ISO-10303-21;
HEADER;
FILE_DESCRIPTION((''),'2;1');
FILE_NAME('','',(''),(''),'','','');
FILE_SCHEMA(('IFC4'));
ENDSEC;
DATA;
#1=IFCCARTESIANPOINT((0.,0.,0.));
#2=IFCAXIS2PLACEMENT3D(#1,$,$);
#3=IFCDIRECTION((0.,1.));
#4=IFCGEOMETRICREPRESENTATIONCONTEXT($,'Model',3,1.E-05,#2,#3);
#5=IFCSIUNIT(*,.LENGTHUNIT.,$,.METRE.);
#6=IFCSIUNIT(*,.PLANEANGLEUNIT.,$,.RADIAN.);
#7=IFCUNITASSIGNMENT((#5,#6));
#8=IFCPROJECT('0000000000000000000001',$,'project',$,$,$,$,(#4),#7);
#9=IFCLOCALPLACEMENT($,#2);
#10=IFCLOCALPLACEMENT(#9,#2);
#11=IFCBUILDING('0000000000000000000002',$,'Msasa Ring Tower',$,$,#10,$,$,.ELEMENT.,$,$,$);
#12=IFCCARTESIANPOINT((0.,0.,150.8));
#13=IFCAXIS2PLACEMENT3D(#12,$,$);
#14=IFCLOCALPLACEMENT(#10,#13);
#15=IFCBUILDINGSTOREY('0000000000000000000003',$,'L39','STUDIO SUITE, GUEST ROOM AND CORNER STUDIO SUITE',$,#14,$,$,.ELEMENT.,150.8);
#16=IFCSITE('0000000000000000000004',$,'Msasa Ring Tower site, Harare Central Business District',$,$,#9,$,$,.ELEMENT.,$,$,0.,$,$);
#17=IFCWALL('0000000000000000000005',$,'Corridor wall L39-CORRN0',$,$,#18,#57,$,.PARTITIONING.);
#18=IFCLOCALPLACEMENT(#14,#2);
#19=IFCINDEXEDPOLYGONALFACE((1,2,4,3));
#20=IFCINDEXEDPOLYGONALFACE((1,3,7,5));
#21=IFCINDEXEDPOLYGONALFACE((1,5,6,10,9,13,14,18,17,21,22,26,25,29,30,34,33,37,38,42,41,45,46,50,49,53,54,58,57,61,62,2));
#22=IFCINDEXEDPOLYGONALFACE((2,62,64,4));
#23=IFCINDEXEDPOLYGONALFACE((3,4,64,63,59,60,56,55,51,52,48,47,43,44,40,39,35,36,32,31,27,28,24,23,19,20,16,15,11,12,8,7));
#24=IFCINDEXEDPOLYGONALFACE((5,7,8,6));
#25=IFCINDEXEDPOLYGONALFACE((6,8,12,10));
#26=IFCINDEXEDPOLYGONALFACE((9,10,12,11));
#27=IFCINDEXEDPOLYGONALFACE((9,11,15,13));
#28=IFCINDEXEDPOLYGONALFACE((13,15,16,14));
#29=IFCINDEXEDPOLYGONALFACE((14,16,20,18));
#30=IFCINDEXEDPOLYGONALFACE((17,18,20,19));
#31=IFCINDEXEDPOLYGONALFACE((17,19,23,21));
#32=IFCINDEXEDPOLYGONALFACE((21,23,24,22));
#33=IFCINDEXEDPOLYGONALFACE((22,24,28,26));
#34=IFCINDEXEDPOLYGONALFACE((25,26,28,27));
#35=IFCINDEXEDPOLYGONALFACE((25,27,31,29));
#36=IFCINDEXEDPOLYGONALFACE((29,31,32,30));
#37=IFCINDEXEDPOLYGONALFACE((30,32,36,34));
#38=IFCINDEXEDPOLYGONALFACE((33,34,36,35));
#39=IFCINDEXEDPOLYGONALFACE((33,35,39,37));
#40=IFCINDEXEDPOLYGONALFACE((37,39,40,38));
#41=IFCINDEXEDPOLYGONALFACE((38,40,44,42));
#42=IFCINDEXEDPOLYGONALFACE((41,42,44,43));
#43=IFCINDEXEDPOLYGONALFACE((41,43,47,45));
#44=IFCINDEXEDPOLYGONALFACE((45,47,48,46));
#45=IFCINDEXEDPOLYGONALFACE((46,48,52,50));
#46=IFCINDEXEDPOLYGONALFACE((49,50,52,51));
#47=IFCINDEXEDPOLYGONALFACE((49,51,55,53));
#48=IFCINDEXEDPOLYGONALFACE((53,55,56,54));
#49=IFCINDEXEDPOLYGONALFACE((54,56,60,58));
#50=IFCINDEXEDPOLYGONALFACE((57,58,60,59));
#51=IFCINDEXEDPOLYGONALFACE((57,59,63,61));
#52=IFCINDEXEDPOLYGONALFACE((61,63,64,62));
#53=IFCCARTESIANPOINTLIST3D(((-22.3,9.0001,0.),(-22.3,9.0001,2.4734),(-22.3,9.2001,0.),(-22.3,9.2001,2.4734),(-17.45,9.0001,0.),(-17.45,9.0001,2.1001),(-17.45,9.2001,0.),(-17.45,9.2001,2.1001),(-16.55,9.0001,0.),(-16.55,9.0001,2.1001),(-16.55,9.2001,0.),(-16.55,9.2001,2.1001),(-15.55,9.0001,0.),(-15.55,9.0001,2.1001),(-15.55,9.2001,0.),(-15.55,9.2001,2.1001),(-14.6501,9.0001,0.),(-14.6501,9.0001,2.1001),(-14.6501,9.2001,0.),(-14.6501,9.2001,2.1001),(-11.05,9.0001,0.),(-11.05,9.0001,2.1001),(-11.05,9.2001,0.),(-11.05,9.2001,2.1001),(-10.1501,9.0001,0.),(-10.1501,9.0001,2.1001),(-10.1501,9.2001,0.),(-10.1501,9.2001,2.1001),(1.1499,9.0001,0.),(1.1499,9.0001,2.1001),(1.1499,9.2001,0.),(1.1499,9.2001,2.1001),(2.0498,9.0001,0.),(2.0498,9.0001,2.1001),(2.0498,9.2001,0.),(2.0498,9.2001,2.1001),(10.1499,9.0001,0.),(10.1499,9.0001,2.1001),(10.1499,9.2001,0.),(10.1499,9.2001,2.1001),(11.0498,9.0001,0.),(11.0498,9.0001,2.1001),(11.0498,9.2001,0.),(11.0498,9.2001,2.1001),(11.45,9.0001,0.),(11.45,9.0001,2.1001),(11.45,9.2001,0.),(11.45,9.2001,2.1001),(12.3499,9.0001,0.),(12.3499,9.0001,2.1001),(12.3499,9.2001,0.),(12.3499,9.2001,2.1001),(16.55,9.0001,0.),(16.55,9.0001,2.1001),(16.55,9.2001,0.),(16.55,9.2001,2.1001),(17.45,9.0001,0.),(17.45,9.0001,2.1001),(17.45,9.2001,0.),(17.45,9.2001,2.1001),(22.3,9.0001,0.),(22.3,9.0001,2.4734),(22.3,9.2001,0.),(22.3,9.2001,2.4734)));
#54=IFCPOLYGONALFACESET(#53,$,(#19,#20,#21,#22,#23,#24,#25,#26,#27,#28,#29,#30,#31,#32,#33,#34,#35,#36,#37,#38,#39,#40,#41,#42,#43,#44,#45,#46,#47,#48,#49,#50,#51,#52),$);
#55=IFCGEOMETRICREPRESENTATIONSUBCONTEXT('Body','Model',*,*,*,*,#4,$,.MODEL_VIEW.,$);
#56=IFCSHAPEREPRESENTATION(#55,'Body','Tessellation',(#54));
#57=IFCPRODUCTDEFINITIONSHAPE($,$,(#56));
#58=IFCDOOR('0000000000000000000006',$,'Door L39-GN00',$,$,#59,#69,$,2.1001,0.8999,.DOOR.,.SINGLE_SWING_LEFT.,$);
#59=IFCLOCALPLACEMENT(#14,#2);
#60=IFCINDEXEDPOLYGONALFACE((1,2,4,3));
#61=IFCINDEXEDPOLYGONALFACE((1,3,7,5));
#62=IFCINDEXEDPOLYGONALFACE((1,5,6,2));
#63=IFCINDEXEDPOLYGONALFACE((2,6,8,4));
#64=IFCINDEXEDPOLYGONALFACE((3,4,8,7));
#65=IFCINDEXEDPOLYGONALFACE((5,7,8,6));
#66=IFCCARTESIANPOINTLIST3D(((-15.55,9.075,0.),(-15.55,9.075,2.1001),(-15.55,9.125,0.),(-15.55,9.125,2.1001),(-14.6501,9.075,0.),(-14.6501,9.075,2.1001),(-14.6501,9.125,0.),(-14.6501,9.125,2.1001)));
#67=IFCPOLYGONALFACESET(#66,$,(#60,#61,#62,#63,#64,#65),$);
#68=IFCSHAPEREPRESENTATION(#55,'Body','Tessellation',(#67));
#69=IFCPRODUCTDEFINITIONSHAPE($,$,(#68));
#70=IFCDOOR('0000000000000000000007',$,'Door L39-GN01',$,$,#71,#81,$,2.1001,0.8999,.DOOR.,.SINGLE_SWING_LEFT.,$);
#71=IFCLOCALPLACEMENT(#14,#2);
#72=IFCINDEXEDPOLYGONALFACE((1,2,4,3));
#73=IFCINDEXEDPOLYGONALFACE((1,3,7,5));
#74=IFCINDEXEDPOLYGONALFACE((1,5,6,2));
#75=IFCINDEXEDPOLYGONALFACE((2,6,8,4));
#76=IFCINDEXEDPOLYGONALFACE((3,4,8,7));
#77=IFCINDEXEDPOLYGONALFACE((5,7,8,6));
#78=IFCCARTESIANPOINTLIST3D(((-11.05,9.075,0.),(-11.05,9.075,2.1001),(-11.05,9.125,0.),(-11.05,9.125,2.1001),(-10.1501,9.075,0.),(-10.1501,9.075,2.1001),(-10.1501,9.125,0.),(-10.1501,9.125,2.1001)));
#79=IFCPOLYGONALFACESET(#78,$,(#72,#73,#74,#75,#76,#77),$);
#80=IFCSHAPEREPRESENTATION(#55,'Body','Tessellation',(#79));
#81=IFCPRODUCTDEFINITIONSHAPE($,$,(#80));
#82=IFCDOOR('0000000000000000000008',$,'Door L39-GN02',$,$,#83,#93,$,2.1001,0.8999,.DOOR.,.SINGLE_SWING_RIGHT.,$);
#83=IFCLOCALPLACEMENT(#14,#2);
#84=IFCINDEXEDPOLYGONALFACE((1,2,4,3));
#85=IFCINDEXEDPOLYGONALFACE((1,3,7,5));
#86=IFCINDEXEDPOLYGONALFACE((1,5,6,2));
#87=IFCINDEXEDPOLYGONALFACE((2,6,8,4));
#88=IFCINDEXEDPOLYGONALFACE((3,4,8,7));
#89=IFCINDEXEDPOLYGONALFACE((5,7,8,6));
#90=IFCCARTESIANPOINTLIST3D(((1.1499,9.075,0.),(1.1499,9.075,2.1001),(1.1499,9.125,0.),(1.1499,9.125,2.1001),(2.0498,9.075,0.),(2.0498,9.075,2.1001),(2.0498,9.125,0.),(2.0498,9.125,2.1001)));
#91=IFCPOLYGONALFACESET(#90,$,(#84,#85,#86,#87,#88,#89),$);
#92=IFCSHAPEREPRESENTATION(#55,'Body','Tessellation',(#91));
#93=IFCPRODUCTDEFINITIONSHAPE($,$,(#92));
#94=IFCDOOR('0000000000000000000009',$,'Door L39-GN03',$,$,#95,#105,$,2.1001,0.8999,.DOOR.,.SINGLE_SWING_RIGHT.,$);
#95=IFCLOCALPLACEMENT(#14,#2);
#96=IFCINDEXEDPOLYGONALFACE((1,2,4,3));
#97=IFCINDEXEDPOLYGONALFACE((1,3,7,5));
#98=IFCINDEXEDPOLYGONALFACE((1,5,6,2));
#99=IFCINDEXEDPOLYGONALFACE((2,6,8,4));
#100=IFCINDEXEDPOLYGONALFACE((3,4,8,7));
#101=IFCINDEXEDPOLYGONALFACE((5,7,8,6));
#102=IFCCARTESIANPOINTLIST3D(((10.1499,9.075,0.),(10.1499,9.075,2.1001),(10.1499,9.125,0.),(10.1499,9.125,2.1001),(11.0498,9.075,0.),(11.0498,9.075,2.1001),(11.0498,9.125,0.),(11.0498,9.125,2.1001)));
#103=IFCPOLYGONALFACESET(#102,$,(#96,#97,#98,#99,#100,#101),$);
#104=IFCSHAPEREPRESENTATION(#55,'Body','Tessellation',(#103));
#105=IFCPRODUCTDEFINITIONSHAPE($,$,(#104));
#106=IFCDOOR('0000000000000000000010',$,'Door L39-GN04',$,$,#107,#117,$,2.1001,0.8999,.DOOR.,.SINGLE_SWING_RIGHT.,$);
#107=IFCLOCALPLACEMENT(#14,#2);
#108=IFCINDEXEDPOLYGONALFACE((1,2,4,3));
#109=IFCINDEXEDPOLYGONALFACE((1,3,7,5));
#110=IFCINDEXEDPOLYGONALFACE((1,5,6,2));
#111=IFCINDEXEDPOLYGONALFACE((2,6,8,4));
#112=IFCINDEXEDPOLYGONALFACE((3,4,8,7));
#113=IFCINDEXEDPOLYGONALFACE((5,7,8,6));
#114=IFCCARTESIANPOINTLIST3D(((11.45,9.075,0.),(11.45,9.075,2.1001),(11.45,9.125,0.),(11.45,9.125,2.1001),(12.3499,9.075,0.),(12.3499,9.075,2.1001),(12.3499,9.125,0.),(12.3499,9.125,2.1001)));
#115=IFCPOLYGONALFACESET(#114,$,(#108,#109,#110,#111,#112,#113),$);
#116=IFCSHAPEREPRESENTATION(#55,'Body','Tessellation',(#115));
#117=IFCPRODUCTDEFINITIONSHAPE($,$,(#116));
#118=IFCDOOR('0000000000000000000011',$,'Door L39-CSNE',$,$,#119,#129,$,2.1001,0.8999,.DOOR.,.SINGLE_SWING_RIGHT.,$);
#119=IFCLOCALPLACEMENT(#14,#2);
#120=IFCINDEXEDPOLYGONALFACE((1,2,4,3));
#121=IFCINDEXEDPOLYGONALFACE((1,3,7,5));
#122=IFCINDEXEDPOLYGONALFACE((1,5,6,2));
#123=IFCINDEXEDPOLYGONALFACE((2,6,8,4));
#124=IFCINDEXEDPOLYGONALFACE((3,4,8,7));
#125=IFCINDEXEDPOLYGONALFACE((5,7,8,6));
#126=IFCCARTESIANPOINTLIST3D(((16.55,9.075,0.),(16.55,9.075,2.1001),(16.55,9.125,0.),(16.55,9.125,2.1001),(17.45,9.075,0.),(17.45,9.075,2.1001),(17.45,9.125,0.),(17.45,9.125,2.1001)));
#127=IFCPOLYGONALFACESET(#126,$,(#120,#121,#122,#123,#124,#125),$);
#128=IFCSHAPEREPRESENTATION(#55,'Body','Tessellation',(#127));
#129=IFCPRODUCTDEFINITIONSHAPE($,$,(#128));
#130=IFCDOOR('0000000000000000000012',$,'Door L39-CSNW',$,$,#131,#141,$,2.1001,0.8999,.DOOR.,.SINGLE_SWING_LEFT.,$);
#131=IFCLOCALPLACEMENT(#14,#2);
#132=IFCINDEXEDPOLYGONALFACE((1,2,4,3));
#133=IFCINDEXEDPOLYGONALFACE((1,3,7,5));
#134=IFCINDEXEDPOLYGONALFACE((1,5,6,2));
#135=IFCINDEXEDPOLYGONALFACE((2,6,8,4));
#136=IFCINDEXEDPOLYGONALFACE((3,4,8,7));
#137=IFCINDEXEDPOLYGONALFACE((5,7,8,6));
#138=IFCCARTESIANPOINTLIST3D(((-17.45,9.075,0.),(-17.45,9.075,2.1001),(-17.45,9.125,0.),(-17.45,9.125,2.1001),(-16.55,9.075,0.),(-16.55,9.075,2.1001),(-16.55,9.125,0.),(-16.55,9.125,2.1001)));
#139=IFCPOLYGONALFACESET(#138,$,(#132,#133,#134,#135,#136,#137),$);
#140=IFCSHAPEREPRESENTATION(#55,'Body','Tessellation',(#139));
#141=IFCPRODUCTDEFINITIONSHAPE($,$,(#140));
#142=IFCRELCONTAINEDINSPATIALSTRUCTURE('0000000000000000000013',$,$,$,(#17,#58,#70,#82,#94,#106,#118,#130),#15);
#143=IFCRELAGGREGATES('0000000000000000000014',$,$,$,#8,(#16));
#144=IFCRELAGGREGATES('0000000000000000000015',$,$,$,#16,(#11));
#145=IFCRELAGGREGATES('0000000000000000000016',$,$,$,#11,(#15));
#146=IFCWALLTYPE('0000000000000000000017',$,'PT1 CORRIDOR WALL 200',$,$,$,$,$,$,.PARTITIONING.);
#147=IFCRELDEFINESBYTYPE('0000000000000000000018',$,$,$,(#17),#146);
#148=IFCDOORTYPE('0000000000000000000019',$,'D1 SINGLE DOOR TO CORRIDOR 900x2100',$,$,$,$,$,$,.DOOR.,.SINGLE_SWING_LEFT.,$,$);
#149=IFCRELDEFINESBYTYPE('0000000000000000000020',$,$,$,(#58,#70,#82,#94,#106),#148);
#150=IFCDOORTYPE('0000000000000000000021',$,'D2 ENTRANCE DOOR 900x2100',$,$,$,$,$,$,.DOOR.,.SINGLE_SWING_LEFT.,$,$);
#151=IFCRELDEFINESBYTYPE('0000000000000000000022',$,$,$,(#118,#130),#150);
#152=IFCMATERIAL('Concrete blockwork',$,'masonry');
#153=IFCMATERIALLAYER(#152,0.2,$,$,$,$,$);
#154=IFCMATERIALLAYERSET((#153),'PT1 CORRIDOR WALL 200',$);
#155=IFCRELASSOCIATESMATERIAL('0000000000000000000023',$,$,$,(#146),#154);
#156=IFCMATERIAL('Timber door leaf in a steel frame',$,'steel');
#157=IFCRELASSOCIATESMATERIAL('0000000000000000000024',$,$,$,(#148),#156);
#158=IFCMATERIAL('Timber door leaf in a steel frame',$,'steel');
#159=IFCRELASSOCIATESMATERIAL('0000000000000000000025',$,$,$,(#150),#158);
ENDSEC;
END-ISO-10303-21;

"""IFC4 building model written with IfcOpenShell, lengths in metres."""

from ifc_helpers import new_model, si_unit, direction, frame, frame_2d, origin, place, context, subcontext, project, spatial, rectangle, extrude, material, layer, layer_set, type_object, element, fill, save


model = new_model("IFC4")

# Units and contexts
model_context = context("Model", 3, precision=1e-05, world=origin(), true_north=direction((0.0, 1.0)))
body_context = subcontext(model_context, "Body", "Model", "MODEL_VIEW")
ifc_project = project(units=[si_unit("LENGTHUNIT", "METRE"), si_unit("PLANEANGLEUNIT", "RADIAN")], contexts=[model_context])

# Site, building, storey
site_placement = place(None, origin())
site = spatial("IfcSite", under=ifc_project, at=site_placement, Name="Msasa Ring Tower site, Harare Central Business District", CompositionType="ELEMENT", RefElevation=0.0)
building_placement = place(site_placement, origin())
building = spatial("IfcBuilding", under=site, at=building_placement, Name="Msasa Ring Tower", CompositionType="ELEMENT")
storey_placement = place(building_placement, frame((0.0, 0.0, 150.8)))
storey = spatial("IfcBuildingStorey", under=building, at=storey_placement, Name="L39", Description="STUDIO SUITE, GUEST ROOM AND CORNER STUDIO SUITE", CompositionType="ELEMENT", Elevation=150.8)

# Wall, openings, doors
ifc_material_1 = material(Name="Concrete blockwork", Category="masonry")
ifc_layer_1 = layer(ifc_material_1, 0.2)
ifc_layer_set_1 = layer_set([ifc_layer_1], Name="PT1 CORRIDOR WALL 200")
wall_type_1 = type_object("IfcWallType", Name="PT1 CORRIDOR WALL 200", PredefinedType="PARTITIONING", material=ifc_layer_set_1)
wall_1_placement = place(storey_placement, frame((-22.3, 9.1001, 0.0), z_axis=(0.0, 0.0, 1.0), x_axis=(1.0, 0.0, 0.0)))
wall_1 = element("IfcWall", 1, at=wall_1_placement, inside=storey, type_object=wall_type_1, Name="Corridor wall L39-CORRN0", PredefinedType="PARTITIONING", context=body_context, shape_type="SweptSolid", body=[
    extrude(rectangle(XDim=44.6001, YDim=0.2, at=frame_2d((22.3, 0.0))), origin(), (0.0, 0.0, 1.0), 2.4734),
])
opening_1_placement = place(wall_1_placement, frame((6.75, 0.0, 0.0)))
opening_1 = element("IfcOpeningElement", 2, at=opening_1_placement, cuts=wall_1, PredefinedType="OPENING", context=body_context, shape_type="SweptSolid", body=[
    extrude(rectangle(XDim=0.8999, YDim=2.1001, at=frame_2d((0.45, 1.05))), frame((0.0, 0.1099, 0.0), z_axis=(0.0, -1.0, 0.0), x_axis=(1.0, 0.0, 0.0)), (0.0, 0.0, 1.0), 0.22),
])
opening_2_placement = place(wall_1_placement, frame((11.25, 0.0, 0.0)))
opening_2 = element("IfcOpeningElement", 3, at=opening_2_placement, cuts=wall_1, PredefinedType="OPENING", context=body_context, shape_type="SweptSolid", body=[
    extrude(rectangle(XDim=0.8999, YDim=2.1001, at=frame_2d((0.45, 1.05))), frame((0.0, 0.1099, 0.0), z_axis=(0.0, -1.0, 0.0), x_axis=(1.0, 0.0, 0.0)), (0.0, 0.0, 1.0), 0.22),
])
opening_3_placement = place(wall_1_placement, frame((23.45, 0.0, 0.0)))
opening_3 = element("IfcOpeningElement", 4, at=opening_3_placement, cuts=wall_1, PredefinedType="OPENING", context=body_context, shape_type="SweptSolid", body=[
    extrude(rectangle(XDim=0.8999, YDim=2.1001, at=frame_2d((0.45, 1.05))), frame((0.0, 0.1099, 0.0), z_axis=(0.0, -1.0, 0.0), x_axis=(1.0, 0.0, 0.0)), (0.0, 0.0, 1.0), 0.22),
])
opening_4_placement = place(wall_1_placement, frame((32.45, 0.0, 0.0)))
opening_4 = element("IfcOpeningElement", 5, at=opening_4_placement, cuts=wall_1, PredefinedType="OPENING", context=body_context, shape_type="SweptSolid", body=[
    extrude(rectangle(XDim=0.8999, YDim=2.1001, at=frame_2d((0.45, 1.05))), frame((0.0, 0.1099, 0.0), z_axis=(0.0, -1.0, 0.0), x_axis=(1.0, 0.0, 0.0)), (0.0, 0.0, 1.0), 0.22),
])
opening_5_placement = place(wall_1_placement, frame((33.75, 0.0, 0.0)))
opening_5 = element("IfcOpeningElement", 6, at=opening_5_placement, cuts=wall_1, PredefinedType="OPENING", context=body_context, shape_type="SweptSolid", body=[
    extrude(rectangle(XDim=0.8999, YDim=2.1001, at=frame_2d((0.45, 1.05))), frame((0.0, 0.1099, 0.0), z_axis=(0.0, -1.0, 0.0), x_axis=(1.0, 0.0, 0.0)), (0.0, 0.0, 1.0), 0.22),
])
opening_6_placement = place(wall_1_placement, frame((38.8501, 0.0, 0.0)))
opening_6 = element("IfcOpeningElement", 7, at=opening_6_placement, cuts=wall_1, PredefinedType="OPENING", context=body_context, shape_type="SweptSolid", body=[
    extrude(rectangle(XDim=0.8999, YDim=2.1001, at=frame_2d((0.45, 1.05))), frame((0.0, 0.1099, 0.0), z_axis=(0.0, -1.0, 0.0), x_axis=(1.0, 0.0, 0.0)), (0.0, 0.0, 1.0), 0.22),
])
opening_7_placement = place(wall_1_placement, frame((4.8501, 0.0, 0.0)))
opening_7 = element("IfcOpeningElement", 8, at=opening_7_placement, cuts=wall_1, PredefinedType="OPENING", context=body_context, shape_type="SweptSolid", body=[
    extrude(rectangle(XDim=0.8999, YDim=2.1001, at=frame_2d((0.45, 1.05))), frame((0.0, 0.1099, 0.0), z_axis=(0.0, -1.0, 0.0), x_axis=(1.0, 0.0, 0.0)), (0.0, 0.0, 1.0), 0.22),
])
ifc_material_2 = material(Name="Timber door leaf in a steel frame", Category="steel")
door_type_1 = type_object("IfcDoorType", Name="D1 SINGLE DOOR TO CORRIDOR 900x2100", OperationType="SINGLE_SWING_LEFT", PredefinedType="DOOR", material=ifc_material_2)
door_1_placement = place(opening_1_placement, origin())
door_1 = element("IfcDoor", 9, at=door_1_placement, inside=storey, type_object=door_type_1, Name="Door L39-GN00", OperationType="SINGLE_SWING_LEFT", OverallHeight=2.1001, OverallWidth=0.8999, PredefinedType="DOOR", context=body_context, shape_type="SweptSolid", body=[
    extrude(rectangle(XDim=0.8999, YDim=2.1001, at=frame_2d((0.45, 1.05))), frame((0.0, 0.0249, 0.0), z_axis=(0.0, -1.0, 0.0), x_axis=(1.0, 0.0, 0.0)), (0.0, 0.0, 1.0), 0.05),
])
fill(opening_1, door_1)
door_2_placement = place(opening_2_placement, origin())
door_2 = element("IfcDoor", 10, at=door_2_placement, inside=storey, type_object=door_type_1, Name="Door L39-GN01", OperationType="SINGLE_SWING_LEFT", OverallHeight=2.1001, OverallWidth=0.8999, PredefinedType="DOOR", context=body_context, shape_type="SweptSolid", body=[
    extrude(rectangle(XDim=0.8999, YDim=2.1001, at=frame_2d((0.45, 1.05))), frame((0.0, 0.0249, 0.0), z_axis=(0.0, -1.0, 0.0), x_axis=(1.0, 0.0, 0.0)), (0.0, 0.0, 1.0), 0.05),
])
fill(opening_2, door_2)
door_3_placement = place(opening_3_placement, origin())
door_3 = element("IfcDoor", 11, at=door_3_placement, inside=storey, type_object=door_type_1, Name="Door L39-GN02", OperationType="SINGLE_SWING_RIGHT", OverallHeight=2.1001, OverallWidth=0.8999, PredefinedType="DOOR", context=body_context, shape_type="SweptSolid", body=[
    extrude(rectangle(XDim=0.8999, YDim=2.1001, at=frame_2d((0.45, 1.05))), frame((0.0, 0.0249, 0.0), z_axis=(0.0, -1.0, 0.0), x_axis=(1.0, 0.0, 0.0)), (0.0, 0.0, 1.0), 0.05),
])
fill(opening_3, door_3)
door_4_placement = place(opening_4_placement, origin())
door_4 = element("IfcDoor", 12, at=door_4_placement, inside=storey, type_object=door_type_1, Name="Door L39-GN03", OperationType="SINGLE_SWING_RIGHT", OverallHeight=2.1001, OverallWidth=0.8999, PredefinedType="DOOR", context=body_context, shape_type="SweptSolid", body=[
    extrude(rectangle(XDim=0.8999, YDim=2.1001, at=frame_2d((0.45, 1.05))), frame((0.0, 0.0249, 0.0), z_axis=(0.0, -1.0, 0.0), x_axis=(1.0, 0.0, 0.0)), (0.0, 0.0, 1.0), 0.05),
])
fill(opening_4, door_4)
door_5_placement = place(opening_5_placement, origin())
door_5 = element("IfcDoor", 13, at=door_5_placement, inside=storey, type_object=door_type_1, Name="Door L39-GN04", OperationType="SINGLE_SWING_RIGHT", OverallHeight=2.1001, OverallWidth=0.8999, PredefinedType="DOOR", context=body_context, shape_type="SweptSolid", body=[
    extrude(rectangle(XDim=0.8999, YDim=2.1001, at=frame_2d((0.45, 1.05))), frame((0.0, 0.0249, 0.0), z_axis=(0.0, -1.0, 0.0), x_axis=(1.0, 0.0, 0.0)), (0.0, 0.0, 1.0), 0.05),
])
fill(opening_5, door_5)
ifc_material_3 = material(Name="Timber door leaf in a steel frame", Category="steel")
door_type_2 = type_object("IfcDoorType", Name="D2 ENTRANCE DOOR 900x2100", OperationType="SINGLE_SWING_LEFT", PredefinedType="DOOR", material=ifc_material_3)
door_6_placement = place(opening_6_placement, origin())
door_6 = element("IfcDoor", 14, at=door_6_placement, inside=storey, type_object=door_type_2, Name="Door L39-CSNE", OperationType="SINGLE_SWING_RIGHT", OverallHeight=2.1001, OverallWidth=0.8999, PredefinedType="DOOR", context=body_context, shape_type="SweptSolid", body=[
    extrude(rectangle(XDim=0.8999, YDim=2.1001, at=frame_2d((0.45, 1.05))), frame((0.0, 0.0249, 0.0), z_axis=(0.0, -1.0, 0.0), x_axis=(1.0, 0.0, 0.0)), (0.0, 0.0, 1.0), 0.05),
])
fill(opening_6, door_6)
door_7_placement = place(opening_7_placement, origin())
door_7 = element("IfcDoor", 15, at=door_7_placement, inside=storey, type_object=door_type_2, Name="Door L39-CSNW", OperationType="SINGLE_SWING_LEFT", OverallHeight=2.1001, OverallWidth=0.8999, PredefinedType="DOOR", context=body_context, shape_type="SweptSolid", body=[
    extrude(rectangle(XDim=0.8999, YDim=2.1001, at=frame_2d((0.45, 1.05))), frame((0.0, 0.0249, 0.0), z_axis=(0.0, -1.0, 0.0), x_axis=(1.0, 0.0, 0.0)), (0.0, 0.0, 1.0), 0.05),
])
fill(opening_7, door_7)

save(model, "model.ifc")
